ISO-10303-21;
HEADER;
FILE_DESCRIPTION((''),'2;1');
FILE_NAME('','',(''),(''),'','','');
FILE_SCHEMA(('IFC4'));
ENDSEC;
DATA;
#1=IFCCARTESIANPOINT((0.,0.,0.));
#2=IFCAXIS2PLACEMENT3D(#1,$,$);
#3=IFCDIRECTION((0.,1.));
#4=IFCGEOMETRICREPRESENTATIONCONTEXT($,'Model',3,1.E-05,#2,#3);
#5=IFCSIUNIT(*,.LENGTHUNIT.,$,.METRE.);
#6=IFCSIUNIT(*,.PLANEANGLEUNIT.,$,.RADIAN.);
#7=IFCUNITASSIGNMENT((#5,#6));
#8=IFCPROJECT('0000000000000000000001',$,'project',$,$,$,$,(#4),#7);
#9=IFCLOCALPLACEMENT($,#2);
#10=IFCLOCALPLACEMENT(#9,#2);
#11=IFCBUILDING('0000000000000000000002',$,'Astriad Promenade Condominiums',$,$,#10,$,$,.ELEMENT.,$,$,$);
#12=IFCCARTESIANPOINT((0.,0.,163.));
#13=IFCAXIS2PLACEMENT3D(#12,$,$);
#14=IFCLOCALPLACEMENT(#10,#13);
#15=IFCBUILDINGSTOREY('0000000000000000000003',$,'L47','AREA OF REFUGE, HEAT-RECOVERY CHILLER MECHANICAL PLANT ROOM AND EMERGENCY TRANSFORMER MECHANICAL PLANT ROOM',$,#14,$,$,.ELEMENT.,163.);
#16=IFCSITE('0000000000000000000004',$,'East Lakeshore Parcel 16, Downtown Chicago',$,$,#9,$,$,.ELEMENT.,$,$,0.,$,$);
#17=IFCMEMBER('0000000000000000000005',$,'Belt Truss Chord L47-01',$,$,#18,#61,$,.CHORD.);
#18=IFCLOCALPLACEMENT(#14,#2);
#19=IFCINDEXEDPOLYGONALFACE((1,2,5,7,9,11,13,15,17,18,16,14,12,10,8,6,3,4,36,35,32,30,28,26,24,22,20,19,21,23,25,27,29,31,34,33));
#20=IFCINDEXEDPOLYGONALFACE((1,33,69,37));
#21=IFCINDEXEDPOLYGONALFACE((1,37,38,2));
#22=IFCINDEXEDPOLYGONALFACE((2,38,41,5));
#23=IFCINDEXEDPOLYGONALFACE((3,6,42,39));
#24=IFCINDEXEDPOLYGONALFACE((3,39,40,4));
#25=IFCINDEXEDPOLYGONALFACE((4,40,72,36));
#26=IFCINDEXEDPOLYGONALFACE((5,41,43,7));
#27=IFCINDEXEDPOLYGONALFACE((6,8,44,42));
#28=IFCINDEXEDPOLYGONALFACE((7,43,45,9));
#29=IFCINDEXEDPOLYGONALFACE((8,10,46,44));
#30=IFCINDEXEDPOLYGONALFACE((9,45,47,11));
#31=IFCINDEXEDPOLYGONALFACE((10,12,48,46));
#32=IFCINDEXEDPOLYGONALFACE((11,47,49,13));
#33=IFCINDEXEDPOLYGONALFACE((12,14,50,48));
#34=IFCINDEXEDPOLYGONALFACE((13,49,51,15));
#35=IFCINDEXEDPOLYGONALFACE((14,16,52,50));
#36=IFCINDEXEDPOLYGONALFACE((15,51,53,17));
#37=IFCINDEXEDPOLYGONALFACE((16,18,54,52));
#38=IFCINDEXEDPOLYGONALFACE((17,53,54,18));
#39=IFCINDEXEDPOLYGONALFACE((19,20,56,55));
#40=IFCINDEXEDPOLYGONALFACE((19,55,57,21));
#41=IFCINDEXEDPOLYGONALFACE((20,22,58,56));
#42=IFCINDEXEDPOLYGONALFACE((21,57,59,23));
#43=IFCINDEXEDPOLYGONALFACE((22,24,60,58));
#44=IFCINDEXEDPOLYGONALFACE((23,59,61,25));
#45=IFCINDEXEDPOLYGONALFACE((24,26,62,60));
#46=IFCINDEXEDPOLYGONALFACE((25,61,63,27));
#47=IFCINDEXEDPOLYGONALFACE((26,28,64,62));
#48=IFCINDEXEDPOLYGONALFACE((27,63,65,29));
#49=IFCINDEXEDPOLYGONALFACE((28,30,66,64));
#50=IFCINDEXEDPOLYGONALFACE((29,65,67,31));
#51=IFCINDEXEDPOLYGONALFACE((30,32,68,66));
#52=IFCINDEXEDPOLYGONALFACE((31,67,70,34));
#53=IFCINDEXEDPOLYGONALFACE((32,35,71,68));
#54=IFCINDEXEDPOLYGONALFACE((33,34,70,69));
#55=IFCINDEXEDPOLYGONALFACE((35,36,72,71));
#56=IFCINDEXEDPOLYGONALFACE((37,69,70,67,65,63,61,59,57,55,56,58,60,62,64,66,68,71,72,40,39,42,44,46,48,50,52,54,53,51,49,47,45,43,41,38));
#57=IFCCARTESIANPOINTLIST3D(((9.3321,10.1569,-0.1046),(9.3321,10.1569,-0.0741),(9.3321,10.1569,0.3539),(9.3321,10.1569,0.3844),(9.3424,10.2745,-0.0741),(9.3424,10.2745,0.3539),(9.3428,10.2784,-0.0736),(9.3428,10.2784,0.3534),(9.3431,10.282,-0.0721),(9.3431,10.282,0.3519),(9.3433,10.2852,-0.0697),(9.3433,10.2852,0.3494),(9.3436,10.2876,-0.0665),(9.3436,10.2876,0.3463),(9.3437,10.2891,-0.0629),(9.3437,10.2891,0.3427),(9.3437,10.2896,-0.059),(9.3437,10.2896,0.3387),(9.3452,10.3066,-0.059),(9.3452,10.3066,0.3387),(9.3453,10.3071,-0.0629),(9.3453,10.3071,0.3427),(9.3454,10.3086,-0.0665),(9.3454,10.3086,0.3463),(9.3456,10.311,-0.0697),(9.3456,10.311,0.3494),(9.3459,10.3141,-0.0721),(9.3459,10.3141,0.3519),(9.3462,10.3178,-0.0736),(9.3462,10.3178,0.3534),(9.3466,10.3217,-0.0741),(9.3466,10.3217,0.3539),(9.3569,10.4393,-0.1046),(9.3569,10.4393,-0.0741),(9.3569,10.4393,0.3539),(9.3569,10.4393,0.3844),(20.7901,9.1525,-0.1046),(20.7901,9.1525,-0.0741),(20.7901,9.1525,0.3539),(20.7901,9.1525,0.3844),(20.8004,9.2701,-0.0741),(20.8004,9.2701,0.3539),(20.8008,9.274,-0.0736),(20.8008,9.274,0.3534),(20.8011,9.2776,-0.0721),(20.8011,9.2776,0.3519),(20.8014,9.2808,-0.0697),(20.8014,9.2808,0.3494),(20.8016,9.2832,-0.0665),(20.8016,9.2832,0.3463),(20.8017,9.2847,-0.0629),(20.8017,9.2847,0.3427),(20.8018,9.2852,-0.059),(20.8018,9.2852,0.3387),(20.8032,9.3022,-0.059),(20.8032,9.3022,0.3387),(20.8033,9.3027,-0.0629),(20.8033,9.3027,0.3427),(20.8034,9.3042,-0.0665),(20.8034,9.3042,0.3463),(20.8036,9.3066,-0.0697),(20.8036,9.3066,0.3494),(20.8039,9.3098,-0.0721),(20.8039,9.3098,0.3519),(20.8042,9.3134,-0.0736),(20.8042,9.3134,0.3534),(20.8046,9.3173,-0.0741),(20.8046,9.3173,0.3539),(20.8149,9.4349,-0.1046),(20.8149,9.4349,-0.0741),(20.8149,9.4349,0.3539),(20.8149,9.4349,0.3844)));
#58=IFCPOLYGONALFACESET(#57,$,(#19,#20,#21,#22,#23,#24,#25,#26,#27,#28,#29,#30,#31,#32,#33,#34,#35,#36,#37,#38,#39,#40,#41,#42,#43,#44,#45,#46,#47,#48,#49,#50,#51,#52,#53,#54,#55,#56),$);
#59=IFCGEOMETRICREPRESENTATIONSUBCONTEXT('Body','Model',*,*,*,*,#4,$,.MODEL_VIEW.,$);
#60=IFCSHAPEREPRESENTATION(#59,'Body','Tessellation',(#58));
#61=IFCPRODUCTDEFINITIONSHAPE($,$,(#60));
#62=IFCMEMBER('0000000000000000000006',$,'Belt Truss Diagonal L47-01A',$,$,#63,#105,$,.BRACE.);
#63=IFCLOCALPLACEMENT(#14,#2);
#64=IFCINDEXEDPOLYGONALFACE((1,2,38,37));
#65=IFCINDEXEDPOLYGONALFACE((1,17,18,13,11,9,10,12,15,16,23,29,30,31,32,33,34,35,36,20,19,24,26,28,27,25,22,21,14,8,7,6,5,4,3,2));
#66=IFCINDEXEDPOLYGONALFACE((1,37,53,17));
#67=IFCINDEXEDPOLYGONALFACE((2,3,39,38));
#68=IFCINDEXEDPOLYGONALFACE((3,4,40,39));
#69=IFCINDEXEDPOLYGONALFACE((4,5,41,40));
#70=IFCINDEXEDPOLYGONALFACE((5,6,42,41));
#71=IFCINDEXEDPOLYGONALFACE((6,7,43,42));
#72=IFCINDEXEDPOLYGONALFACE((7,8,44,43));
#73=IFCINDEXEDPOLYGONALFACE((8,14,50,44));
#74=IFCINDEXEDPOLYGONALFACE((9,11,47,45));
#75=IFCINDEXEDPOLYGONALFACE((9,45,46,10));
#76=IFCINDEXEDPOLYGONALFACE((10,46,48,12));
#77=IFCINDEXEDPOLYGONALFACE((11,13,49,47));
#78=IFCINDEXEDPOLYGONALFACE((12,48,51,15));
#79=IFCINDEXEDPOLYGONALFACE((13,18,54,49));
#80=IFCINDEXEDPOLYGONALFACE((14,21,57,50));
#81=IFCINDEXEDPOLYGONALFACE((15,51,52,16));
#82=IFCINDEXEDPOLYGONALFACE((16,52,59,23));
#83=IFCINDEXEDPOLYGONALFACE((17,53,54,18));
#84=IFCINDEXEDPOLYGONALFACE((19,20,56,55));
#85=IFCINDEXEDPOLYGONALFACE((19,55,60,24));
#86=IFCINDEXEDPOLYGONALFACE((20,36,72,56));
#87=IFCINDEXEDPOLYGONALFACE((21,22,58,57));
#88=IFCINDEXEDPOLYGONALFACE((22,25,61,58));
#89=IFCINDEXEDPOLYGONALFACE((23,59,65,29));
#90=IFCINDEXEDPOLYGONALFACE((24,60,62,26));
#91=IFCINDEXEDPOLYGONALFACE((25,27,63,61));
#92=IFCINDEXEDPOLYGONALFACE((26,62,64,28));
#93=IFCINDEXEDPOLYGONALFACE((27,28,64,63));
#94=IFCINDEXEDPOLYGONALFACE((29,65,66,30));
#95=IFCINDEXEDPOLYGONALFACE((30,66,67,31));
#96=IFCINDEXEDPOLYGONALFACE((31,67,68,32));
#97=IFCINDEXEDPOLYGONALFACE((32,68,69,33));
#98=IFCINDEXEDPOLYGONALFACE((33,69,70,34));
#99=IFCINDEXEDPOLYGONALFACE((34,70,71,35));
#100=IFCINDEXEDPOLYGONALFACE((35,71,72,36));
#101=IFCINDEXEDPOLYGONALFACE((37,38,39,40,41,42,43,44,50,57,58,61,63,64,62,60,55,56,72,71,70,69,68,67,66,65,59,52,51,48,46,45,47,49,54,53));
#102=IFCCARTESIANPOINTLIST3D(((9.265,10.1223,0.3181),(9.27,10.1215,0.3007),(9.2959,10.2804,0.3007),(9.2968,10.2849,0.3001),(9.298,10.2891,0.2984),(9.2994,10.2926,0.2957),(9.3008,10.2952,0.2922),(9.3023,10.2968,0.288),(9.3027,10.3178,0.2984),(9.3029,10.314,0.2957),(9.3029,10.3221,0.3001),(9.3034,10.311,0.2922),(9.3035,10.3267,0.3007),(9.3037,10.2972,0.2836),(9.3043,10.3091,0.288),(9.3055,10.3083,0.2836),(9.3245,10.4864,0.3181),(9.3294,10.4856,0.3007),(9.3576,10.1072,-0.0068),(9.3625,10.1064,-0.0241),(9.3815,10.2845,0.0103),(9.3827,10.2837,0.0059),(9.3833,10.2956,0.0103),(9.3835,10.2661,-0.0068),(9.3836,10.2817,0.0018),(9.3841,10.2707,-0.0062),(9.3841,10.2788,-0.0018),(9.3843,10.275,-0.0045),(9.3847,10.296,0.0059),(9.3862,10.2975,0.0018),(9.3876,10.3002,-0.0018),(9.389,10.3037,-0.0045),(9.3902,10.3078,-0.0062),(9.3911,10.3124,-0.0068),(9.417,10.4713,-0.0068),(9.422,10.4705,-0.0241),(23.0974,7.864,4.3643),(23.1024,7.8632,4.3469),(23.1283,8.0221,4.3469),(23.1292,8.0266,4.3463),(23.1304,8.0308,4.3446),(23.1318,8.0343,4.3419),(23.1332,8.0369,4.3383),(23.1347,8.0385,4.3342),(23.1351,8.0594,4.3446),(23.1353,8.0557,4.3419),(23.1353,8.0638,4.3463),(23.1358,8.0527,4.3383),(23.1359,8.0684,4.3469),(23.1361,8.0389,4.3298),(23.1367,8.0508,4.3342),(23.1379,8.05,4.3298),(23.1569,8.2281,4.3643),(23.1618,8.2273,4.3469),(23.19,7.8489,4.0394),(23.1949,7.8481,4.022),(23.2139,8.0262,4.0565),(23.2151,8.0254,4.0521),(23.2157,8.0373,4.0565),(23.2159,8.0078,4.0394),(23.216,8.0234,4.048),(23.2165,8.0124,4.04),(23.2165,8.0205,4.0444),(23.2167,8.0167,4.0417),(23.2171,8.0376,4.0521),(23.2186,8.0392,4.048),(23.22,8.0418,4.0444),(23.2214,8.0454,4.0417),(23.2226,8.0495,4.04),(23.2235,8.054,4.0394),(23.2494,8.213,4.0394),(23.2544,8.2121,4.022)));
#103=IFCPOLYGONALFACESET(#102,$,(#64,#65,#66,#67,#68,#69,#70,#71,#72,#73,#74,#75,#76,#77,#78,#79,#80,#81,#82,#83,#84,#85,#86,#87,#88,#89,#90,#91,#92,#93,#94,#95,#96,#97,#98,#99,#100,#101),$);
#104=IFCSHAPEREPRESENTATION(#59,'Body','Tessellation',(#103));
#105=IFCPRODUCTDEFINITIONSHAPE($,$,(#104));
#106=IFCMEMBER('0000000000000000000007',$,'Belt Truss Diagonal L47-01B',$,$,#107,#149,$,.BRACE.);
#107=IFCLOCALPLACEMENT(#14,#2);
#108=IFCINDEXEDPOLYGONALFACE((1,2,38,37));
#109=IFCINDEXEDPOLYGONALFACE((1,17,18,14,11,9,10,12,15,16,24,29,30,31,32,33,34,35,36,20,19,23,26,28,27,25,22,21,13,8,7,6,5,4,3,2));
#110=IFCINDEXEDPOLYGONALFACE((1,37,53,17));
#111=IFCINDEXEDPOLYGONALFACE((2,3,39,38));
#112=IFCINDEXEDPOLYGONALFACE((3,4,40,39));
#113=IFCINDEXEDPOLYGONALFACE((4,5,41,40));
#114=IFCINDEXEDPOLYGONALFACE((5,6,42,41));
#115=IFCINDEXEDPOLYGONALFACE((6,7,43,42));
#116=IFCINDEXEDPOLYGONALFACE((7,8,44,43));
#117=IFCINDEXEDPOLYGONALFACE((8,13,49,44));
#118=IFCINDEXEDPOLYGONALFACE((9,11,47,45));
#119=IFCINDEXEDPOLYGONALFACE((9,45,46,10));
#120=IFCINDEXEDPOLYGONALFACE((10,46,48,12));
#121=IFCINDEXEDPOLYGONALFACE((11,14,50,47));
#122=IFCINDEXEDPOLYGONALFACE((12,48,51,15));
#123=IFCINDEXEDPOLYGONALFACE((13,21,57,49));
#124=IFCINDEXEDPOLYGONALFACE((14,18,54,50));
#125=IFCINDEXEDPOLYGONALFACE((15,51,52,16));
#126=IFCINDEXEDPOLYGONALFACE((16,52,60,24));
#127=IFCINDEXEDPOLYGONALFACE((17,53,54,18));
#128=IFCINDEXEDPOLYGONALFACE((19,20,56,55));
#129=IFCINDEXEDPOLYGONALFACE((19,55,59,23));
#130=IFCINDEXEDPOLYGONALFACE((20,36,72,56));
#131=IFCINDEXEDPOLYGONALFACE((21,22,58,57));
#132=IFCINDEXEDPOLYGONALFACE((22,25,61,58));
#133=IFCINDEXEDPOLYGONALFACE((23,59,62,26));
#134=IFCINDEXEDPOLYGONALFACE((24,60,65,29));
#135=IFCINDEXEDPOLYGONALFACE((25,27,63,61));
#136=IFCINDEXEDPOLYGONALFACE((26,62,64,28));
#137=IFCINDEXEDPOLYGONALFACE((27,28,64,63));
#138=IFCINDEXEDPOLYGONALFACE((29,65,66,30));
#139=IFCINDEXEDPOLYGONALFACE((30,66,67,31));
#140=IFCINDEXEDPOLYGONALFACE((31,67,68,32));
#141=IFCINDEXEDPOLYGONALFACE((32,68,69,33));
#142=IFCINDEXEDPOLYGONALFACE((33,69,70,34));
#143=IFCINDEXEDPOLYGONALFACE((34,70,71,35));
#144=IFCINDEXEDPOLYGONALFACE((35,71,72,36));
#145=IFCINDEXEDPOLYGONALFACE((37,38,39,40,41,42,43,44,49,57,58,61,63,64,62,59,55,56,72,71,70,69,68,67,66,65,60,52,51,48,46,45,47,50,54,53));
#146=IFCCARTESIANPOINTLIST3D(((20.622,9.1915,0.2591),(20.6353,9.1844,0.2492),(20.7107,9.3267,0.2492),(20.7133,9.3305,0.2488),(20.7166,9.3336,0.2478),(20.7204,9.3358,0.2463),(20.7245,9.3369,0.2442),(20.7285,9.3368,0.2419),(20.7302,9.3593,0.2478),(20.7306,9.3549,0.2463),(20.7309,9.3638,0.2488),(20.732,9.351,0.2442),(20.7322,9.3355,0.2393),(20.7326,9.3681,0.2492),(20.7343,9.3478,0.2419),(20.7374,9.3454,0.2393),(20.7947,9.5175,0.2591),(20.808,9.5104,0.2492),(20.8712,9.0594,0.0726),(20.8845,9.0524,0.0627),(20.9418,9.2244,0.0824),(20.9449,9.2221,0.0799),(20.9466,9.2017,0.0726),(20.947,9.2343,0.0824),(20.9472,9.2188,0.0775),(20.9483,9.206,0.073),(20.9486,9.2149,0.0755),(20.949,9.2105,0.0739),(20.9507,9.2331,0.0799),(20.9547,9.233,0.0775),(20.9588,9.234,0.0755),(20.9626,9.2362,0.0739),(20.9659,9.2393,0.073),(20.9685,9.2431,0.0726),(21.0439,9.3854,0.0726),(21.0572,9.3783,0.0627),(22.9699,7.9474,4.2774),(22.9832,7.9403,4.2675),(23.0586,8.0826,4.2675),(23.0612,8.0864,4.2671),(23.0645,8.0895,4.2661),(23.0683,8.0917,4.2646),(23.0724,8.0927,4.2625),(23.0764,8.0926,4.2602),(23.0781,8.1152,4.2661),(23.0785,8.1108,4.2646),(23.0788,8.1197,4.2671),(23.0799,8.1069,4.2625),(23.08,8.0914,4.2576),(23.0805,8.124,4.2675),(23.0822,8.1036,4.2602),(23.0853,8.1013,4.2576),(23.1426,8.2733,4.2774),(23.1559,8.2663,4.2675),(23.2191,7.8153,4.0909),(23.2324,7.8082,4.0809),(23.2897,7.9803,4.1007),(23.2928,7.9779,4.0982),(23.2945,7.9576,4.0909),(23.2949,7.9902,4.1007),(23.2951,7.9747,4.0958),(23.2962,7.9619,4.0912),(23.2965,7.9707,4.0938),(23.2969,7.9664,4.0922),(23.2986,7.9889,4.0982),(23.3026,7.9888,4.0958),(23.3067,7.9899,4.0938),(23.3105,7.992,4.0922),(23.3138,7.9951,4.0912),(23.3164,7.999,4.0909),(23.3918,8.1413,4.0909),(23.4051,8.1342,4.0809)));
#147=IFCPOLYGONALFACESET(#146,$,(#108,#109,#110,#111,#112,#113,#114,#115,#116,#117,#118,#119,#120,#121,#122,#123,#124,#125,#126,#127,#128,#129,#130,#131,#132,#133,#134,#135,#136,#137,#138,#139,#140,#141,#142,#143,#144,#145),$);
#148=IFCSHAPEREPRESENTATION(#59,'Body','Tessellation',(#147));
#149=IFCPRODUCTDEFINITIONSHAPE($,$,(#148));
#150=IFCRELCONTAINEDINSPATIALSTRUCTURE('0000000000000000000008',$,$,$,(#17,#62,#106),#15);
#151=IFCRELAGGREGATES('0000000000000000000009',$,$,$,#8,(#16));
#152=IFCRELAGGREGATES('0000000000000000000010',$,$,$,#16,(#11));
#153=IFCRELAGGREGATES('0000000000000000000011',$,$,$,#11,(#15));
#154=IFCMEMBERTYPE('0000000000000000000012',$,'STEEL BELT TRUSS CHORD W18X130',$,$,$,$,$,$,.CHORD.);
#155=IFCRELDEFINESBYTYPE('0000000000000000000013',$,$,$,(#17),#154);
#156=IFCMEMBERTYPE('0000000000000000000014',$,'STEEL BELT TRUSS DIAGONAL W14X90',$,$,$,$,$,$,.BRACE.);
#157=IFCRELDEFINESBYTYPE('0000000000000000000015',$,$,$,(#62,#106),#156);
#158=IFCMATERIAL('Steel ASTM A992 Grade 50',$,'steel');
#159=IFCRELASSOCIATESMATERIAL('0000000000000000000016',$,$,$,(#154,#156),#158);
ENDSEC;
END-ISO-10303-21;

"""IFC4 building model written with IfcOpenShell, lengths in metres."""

from ifc_helpers import new_model, si_unit, direction, frame, origin, origin_2d, place, context, subcontext, project, spatial, i_section, extrude, source, transform, mapped, material, material_profile, profile_set, type_object, element, save


model = new_model("IFC4")

# Units and contexts
model_context = context("Model", 3, precision=1e-05, world=origin(), true_north=direction((0.0, 1.0)))
body_context = subcontext(model_context, "Body", "Model", "MODEL_VIEW")
ifc_project = project(units=[si_unit("LENGTHUNIT", "METRE"), si_unit("PLANEANGLEUNIT", "RADIAN")], contexts=[model_context])

# Site, building, storey
site_placement = place(None, origin())
site = spatial("IfcSite", under=ifc_project, at=site_placement, Name="East Lakeshore Parcel 16, Downtown Chicago", CompositionType="ELEMENT", RefElevation=0.0)
building_placement = place(site_placement, origin())
building = spatial("IfcBuilding", under=site, at=building_placement, Name="Astriad Promenade Condominiums", CompositionType="ELEMENT")
storey_placement = place(building_placement, frame((0.0, 0.0, 163.0)))
storey = spatial("IfcBuildingStorey", under=building, at=storey_placement, Name="L47", Description="AREA OF REFUGE, HEAT-RECOVERY CHILLER MECHANICAL PLANT ROOM AND EMERGENCY TRANSFORMER MECHANICAL PLANT ROOM", CompositionType="ELEMENT", Elevation=163.0)

# Shared definitions
ifc_material_1 = material(Name="Steel ASTM A992 Grade 50", Category="steel")

# Members
ifc_material_profile_1 = material_profile(ifc_material_1, i_section(OverallWidth=0.2834, OverallDepth=0.489, WebThickness=0.0171, FlangeThickness=0.0305, FilletRadius=0.0151, at=origin_2d()), Name="W18X130")
ifc_profile_set_1 = profile_set([ifc_material_profile_1], Name="Steel ASTM A992 Grade 50")
member_type_1 = type_object("IfcMemberType", Name="STEEL BELT TRUSS CHORD W18X130", PredefinedType="CHORD", material=ifc_profile_set_1)
shared_shape_1 = source(origin(), body_context, "Body", "SweptSolid", [
    extrude(i_section(OverallWidth=0.2834, OverallDepth=0.489, WebThickness=0.0171, FlangeThickness=0.0305, FilletRadius=0.0151, at=origin_2d()), origin(), (0.0, 0.0, 1.0), 11.502),
])
member_1_placement = place(storey_placement, frame((9.3445, 10.2981, 0.1399), z_axis=(0.99618, -0.087324, 0.0), x_axis=(0.087324, 0.99618, 0.0)))
element("IfcMember", 1, at=member_1_placement, inside=storey, type_object=member_type_1, Name="Belt Truss Chord L47-01", PredefinedType="CHORD", context=body_context, shape_type="MappedRepresentation", body=[
    mapped(shared_shape_1, transform((0.0, 0.0, 0.0), scale=1.0)),
])
ifc_material_profile_2 = material_profile(ifc_material_1, i_section(OverallWidth=0.3689, OverallDepth=0.3562, WebThickness=0.0112, FlangeThickness=0.0181, FilletRadius=0.0178, at=origin_2d()), Name="W14X90")
ifc_profile_set_2 = profile_set([ifc_material_profile_2], Name="Steel ASTM A992 Grade 50")
member_type_2 = type_object("IfcMemberType", Name="STEEL BELT TRUSS DIAGONAL W14X90", PredefinedType="BRACE", material=ifc_profile_set_2)
shared_shape_2 = source(origin(), body_context, "Body", "SweptSolid", [
    extrude(i_section(OverallWidth=0.3689, OverallDepth=0.3562, WebThickness=0.0112, FlangeThickness=0.0181, FilletRadius=0.0178, at=origin_2d()), origin(), (0.0, 0.0, 1.0), 14.5879),
])
member_2_placement = place(storey_placement, frame((9.3435, 10.2964, 0.147), z_axis=(0.94821, -0.154808, 0.277365), x_axis=(0.16113, 0.986933, 0.0)))
element("IfcMember", 2, at=member_2_placement, inside=storey, type_object=member_type_2, Name="Belt Truss Diagonal L47-01A", PredefinedType="BRACE", context=body_context, shape_type="MappedRepresentation", body=[
    mapped(shared_shape_2, transform((0.0, 0.0, 0.0), scale=1.0)),
])
shared_shape_3 = source(origin(), body_context, "Body", "SweptSolid", [
    extrude(i_section(OverallWidth=0.3689, OverallDepth=0.3562, WebThickness=0.0112, FlangeThickness=0.0181, FilletRadius=0.0178, at=origin_2d()), origin(), (0.0, 0.0, 1.0), 4.8174),
])
member_3_placement = place(storey_placement, frame((20.8396, 9.2849, 0.1609), z_axis=(0.487379, -0.25826, 0.834124), x_axis=(0.468221, 0.883611, 0.0)))
element("IfcMember", 3, at=member_3_placement, inside=storey, type_object=member_type_2, Name="Belt Truss Diagonal L47-01B", PredefinedType="BRACE", context=body_context, shape_type="MappedRepresentation", body=[
    mapped(shared_shape_3, transform((0.0, 0.0, 0.0), scale=1.0)),
])

save(model, "model.ifc")
